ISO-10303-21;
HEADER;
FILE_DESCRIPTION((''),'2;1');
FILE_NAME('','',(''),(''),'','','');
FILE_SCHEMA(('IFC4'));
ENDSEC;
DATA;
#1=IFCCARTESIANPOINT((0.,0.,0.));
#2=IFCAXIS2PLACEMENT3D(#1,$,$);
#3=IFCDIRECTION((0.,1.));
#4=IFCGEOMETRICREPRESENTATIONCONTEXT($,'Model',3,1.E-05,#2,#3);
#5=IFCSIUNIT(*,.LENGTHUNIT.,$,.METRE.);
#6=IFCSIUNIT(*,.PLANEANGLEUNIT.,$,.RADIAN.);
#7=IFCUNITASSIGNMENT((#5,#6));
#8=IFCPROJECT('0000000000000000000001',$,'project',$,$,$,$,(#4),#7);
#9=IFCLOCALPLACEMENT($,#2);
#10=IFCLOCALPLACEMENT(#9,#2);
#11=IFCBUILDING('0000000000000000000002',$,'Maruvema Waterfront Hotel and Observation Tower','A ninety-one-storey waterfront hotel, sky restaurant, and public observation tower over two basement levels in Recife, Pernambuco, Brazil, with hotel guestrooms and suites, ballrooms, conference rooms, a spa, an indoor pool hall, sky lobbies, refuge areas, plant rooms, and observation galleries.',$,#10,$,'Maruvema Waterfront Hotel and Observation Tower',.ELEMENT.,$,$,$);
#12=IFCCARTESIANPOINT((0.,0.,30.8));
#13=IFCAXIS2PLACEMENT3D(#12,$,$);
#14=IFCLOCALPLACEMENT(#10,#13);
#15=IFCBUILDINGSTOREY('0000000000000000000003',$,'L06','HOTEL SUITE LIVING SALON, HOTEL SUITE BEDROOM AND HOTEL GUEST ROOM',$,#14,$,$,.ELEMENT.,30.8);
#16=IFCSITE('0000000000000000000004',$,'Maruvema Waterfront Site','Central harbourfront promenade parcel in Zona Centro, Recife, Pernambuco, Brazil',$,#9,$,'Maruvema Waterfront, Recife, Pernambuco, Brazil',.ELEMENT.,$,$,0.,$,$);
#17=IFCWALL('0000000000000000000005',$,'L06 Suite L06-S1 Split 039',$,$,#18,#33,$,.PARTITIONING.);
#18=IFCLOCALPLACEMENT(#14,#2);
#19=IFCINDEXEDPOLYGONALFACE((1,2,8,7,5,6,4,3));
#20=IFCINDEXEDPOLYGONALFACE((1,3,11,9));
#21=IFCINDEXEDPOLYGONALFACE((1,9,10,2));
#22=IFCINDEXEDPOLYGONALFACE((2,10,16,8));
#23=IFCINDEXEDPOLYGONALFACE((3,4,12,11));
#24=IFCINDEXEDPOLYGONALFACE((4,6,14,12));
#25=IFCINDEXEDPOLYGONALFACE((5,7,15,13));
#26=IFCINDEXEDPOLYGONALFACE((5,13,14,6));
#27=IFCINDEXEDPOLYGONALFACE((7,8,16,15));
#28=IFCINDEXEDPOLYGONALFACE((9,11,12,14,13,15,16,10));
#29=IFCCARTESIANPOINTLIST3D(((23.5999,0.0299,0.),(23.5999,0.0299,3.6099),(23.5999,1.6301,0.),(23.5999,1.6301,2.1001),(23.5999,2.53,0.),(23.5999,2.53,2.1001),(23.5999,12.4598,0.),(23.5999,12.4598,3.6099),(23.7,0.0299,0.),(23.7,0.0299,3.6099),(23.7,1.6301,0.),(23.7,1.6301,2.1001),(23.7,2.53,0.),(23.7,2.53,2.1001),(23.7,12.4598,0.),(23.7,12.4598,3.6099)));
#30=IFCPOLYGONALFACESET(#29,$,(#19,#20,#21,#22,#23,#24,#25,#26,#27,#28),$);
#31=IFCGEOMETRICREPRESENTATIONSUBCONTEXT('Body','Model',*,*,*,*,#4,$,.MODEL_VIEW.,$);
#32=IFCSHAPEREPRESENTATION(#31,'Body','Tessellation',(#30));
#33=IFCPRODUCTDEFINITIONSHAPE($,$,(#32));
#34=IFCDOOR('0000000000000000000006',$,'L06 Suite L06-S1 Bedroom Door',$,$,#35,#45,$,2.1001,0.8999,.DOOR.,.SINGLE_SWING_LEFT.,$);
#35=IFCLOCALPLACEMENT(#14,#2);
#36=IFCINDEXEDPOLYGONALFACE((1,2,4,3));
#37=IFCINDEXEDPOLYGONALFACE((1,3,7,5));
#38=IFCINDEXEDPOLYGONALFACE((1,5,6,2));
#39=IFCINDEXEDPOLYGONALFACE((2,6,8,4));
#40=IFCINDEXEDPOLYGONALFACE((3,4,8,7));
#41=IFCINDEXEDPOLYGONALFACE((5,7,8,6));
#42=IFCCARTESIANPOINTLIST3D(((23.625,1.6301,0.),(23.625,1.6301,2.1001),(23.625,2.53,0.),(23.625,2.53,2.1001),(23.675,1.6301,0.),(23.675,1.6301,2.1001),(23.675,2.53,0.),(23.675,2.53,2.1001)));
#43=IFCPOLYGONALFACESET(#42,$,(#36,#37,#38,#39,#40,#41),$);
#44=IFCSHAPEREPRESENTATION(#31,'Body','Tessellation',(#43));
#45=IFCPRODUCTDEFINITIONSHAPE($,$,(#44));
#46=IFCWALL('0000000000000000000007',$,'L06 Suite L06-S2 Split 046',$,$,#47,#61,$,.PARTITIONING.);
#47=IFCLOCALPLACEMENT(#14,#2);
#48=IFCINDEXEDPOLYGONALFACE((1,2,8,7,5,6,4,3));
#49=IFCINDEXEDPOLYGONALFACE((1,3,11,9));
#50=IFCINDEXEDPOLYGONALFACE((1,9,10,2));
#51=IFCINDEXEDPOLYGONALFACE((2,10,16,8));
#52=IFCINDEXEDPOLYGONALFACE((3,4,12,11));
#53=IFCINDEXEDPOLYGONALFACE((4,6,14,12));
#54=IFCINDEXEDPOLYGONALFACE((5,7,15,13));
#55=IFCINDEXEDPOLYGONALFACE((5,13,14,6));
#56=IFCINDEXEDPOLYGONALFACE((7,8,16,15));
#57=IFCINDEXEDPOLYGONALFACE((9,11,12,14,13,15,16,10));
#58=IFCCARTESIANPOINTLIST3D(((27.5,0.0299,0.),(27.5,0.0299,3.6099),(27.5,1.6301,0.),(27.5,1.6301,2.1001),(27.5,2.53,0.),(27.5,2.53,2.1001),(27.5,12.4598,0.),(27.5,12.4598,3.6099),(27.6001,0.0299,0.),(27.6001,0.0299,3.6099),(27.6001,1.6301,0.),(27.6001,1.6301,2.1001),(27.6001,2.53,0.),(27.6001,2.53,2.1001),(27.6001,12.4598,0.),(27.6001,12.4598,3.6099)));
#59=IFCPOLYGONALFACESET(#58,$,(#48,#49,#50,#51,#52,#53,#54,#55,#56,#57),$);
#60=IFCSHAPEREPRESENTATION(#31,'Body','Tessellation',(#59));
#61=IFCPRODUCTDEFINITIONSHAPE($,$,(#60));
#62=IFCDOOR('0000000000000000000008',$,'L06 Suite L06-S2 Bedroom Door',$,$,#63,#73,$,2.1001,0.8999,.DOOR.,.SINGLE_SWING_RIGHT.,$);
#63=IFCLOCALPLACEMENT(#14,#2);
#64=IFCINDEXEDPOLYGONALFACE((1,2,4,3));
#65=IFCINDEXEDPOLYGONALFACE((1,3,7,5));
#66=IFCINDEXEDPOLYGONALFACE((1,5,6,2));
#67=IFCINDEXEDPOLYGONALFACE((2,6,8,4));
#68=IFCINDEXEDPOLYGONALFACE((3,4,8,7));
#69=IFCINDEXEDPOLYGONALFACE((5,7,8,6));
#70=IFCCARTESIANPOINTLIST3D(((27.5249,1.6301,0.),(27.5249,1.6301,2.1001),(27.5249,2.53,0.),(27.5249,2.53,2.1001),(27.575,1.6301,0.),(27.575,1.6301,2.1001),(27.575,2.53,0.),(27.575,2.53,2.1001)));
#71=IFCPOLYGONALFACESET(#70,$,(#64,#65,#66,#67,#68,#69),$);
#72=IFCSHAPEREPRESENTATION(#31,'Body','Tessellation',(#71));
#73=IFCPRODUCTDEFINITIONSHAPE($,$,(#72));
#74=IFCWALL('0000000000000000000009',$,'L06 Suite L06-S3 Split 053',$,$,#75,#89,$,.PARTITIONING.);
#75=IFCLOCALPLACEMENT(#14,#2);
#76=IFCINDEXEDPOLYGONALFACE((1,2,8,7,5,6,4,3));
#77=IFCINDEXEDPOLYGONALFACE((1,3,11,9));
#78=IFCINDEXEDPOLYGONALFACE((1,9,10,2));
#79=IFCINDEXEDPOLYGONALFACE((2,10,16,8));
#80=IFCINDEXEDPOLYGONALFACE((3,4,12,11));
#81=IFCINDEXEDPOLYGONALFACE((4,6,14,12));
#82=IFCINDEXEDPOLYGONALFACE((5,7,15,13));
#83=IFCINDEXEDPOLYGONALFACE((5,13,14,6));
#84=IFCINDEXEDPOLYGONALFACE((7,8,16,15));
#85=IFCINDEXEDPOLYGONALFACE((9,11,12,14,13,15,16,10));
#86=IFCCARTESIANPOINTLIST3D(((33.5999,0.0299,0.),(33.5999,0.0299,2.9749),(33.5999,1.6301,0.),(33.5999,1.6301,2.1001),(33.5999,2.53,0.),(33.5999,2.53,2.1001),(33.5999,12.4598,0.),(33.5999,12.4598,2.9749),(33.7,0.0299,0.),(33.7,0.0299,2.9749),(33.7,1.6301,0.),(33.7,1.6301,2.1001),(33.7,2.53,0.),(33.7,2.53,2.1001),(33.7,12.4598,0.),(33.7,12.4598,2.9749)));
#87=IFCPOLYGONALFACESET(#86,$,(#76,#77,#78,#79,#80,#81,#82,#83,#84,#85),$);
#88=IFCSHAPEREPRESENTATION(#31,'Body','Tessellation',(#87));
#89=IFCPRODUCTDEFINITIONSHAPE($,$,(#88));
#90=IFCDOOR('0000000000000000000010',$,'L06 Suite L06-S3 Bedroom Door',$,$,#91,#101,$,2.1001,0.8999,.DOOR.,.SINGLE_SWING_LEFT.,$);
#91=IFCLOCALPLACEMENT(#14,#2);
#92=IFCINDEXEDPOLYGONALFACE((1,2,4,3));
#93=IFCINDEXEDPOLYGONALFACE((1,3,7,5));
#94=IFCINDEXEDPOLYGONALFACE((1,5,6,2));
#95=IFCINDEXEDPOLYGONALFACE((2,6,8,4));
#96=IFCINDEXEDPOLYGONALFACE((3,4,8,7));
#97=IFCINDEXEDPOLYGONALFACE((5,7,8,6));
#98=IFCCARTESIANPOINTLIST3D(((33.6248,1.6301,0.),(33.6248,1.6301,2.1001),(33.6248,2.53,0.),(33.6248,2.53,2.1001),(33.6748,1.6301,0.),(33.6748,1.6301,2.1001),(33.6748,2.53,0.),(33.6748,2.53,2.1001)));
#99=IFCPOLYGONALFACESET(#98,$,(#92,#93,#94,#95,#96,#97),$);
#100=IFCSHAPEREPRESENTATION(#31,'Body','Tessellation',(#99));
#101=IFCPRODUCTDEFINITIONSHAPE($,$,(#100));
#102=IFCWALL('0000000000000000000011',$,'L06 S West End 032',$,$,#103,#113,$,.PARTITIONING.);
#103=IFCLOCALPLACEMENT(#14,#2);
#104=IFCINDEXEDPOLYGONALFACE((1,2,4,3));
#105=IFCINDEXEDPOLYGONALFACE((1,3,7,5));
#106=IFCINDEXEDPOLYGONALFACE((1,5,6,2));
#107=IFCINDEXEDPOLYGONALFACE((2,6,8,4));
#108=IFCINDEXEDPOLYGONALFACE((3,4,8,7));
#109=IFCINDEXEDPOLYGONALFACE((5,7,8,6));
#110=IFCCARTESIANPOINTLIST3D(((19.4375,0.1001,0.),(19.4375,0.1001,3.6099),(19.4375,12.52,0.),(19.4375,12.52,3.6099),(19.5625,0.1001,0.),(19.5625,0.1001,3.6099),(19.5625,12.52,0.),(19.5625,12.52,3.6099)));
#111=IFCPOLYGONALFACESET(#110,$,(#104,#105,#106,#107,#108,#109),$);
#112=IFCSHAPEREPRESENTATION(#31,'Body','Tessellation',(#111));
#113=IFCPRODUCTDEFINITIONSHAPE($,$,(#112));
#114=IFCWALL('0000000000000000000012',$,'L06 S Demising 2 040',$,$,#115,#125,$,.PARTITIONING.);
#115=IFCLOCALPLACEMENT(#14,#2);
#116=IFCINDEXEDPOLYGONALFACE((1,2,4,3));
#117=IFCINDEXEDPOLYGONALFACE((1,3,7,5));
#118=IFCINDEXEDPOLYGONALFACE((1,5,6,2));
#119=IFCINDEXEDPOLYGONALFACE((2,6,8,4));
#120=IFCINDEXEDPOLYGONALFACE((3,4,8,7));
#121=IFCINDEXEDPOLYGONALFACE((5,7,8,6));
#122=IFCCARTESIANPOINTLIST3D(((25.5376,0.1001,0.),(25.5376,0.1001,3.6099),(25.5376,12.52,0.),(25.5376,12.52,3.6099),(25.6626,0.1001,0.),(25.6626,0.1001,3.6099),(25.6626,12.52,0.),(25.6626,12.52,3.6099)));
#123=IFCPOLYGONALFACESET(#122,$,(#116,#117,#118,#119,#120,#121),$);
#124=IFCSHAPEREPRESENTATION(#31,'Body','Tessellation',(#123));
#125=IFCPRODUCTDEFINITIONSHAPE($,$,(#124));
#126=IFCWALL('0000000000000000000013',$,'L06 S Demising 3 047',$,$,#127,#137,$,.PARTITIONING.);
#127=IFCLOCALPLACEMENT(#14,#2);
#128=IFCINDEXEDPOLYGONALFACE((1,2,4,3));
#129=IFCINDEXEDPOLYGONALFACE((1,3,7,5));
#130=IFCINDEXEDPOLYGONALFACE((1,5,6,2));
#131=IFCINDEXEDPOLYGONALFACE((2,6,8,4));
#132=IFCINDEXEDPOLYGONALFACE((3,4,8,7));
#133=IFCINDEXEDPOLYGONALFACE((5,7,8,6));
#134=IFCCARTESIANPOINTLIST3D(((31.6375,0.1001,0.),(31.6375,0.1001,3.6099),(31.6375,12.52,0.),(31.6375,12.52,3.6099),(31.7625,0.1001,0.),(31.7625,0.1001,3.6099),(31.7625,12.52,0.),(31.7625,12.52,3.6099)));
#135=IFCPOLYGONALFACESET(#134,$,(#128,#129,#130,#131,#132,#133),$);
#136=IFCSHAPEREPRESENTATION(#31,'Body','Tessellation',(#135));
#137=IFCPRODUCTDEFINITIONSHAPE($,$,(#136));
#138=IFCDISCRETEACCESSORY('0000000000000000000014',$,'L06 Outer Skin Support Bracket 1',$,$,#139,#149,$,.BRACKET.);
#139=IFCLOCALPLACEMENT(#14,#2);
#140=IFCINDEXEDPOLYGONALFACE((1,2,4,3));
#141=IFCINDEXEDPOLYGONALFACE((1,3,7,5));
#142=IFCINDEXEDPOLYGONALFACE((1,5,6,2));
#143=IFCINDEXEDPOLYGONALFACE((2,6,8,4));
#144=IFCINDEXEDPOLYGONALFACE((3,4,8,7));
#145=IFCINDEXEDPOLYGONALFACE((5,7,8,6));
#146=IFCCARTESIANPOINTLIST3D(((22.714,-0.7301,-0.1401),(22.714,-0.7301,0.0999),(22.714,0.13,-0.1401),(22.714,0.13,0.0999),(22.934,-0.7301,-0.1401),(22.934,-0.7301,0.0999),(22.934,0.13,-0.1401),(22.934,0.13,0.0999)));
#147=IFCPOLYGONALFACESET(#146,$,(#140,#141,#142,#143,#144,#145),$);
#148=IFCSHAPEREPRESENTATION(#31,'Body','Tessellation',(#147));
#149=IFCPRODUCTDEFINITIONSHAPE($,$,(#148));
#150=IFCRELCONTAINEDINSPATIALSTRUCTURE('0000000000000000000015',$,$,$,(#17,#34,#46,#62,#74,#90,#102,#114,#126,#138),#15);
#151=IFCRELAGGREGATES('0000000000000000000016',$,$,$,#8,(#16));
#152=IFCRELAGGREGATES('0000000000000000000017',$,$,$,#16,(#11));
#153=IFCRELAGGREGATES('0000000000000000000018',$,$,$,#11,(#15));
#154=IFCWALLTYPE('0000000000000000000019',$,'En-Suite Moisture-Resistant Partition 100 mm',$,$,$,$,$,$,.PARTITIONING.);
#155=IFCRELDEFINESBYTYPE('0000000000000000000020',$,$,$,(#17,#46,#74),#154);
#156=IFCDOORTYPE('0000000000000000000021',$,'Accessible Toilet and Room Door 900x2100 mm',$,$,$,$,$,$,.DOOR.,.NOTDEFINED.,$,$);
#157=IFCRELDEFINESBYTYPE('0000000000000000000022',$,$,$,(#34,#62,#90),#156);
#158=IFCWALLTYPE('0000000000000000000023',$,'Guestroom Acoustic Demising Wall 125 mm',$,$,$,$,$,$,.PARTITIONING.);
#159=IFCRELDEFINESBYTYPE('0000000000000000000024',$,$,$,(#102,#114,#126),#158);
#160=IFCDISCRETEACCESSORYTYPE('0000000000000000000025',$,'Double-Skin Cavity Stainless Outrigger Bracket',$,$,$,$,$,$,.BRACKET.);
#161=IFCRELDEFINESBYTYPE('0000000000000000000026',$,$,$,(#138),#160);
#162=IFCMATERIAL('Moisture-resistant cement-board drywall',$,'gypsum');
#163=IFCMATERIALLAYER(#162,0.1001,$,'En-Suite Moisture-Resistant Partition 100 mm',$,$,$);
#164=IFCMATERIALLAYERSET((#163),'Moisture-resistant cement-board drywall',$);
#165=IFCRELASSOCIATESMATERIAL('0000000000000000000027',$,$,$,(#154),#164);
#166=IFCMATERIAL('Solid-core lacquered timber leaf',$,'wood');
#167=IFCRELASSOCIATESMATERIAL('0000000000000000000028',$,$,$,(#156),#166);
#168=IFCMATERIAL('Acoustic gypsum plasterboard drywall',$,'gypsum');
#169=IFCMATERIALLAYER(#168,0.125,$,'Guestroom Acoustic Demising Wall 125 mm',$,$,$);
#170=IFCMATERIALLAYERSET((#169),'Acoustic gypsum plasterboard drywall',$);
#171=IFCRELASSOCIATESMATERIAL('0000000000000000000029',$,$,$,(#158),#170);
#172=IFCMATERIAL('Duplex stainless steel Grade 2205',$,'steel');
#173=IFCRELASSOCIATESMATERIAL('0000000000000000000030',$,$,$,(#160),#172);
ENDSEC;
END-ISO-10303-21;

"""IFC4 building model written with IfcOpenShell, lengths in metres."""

from ifc_helpers import new_model, si_unit, direction, frame, frame_2d, origin, origin_2d, place, context, subcontext, project, spatial, rectangle, extrude, material, layer, layer_set, type_object, element, fill, save


model = new_model("IFC4")

# Units and contexts
model_context = context("Model", 3, precision=1e-05, world=origin(), true_north=direction((0.0, 1.0)))
body_context = subcontext(model_context, "Body", "Model", "MODEL_VIEW")
ifc_project = project(units=[si_unit("LENGTHUNIT", "METRE"), si_unit("PLANEANGLEUNIT", "RADIAN")], contexts=[model_context])

# Site, building, storey
site_placement = place(None, origin())
site = spatial("IfcSite", under=ifc_project, at=site_placement, Name="Maruvema Waterfront Site", Description="Central harbourfront promenade parcel in Zona Centro, Recife, Pernambuco, Brazil", LongName="Maruvema Waterfront, Recife, Pernambuco, Brazil", CompositionType="ELEMENT", RefElevation=0.0)
building_placement = place(site_placement, origin())
building = spatial("IfcBuilding", under=site, at=building_placement, Name="Maruvema Waterfront Hotel and Observation Tower", Description="A ninety-one-storey waterfront hotel, sky restaurant, and public observation tower over two basement levels in Recife, Pernambuco, Brazil, with hotel guestrooms and suites, ballrooms, conference rooms, a spa, an indoor pool hall, sky lobbies, refuge areas, plant rooms, and observation galleries.", LongName="Maruvema Waterfront Hotel and Observation Tower", CompositionType="ELEMENT")
storey_placement = place(building_placement, frame((0.0, 0.0, 30.8)))
storey = spatial("IfcBuildingStorey", under=building, at=storey_placement, Name="L06", Description="HOTEL SUITE LIVING SALON, HOTEL SUITE BEDROOM AND HOTEL GUEST ROOM", CompositionType="ELEMENT", Elevation=30.8)

# Walls, openings, doors
ifc_material_1 = material(Name="Moisture-resistant cement-board drywall", Category="gypsum")
ifc_layer_1 = layer(ifc_material_1, 0.1001, Name="En-Suite Moisture-Resistant Partition 100 mm")
ifc_layer_set_1 = layer_set([ifc_layer_1], Name="Moisture-resistant cement-board drywall")
wall_type_1 = type_object("IfcWallType", Name="En-Suite Moisture-Resistant Partition 100 mm", PredefinedType="PARTITIONING", material=ifc_layer_set_1)
wall_1_placement = place(storey_placement, frame((23.6499, 0.03, 0.0), z_axis=(0.0, 0.0, 1.0), x_axis=(0.0, 1.0, 0.0)))
wall_1 = element("IfcWall", 1, at=wall_1_placement, inside=storey, type_object=wall_type_1, Name="L06 Suite L06-S1 Split 039", PredefinedType="PARTITIONING", context=body_context, shape_type="SweptSolid", body=[
    extrude(rectangle(XDim=12.4299, YDim=0.1001, at=frame_2d((6.2148, 0.0))), origin(), (0.0, 0.0, 1.0), 3.6099),
])
opening_1_placement = place(wall_1_placement, frame((1.6001, 0.0, 0.0)))
opening_1 = element("IfcOpeningElement", 2, at=opening_1_placement, cuts=wall_1, PredefinedType="OPENING", context=body_context, shape_type="SweptSolid", body=[
    extrude(rectangle(XDim=0.8999, YDim=2.1001, at=frame_2d((0.45, 1.05))), frame((0.0, 0.0601, 0.0), z_axis=(0.0, -1.0, 0.0), x_axis=(1.0, 0.0, 0.0)), (0.0, 0.0, 1.0), 0.1201),
])
ifc_material_2 = material(Name="Solid-core lacquered timber leaf", Category="wood")
door_type = type_object("IfcDoorType", Name="Accessible Toilet and Room Door 900x2100 mm", OperationType="NOTDEFINED", PredefinedType="DOOR", material=ifc_material_2)
door_1_placement = place(opening_1_placement, origin())
door_1 = element("IfcDoor", 3, at=door_1_placement, inside=storey, type_object=door_type, Name="L06 Suite L06-S1 Bedroom Door", OperationType="SINGLE_SWING_LEFT", OverallHeight=2.1001, OverallWidth=0.8999, PredefinedType="DOOR", context=body_context, shape_type="SweptSolid", body=[
    extrude(rectangle(XDim=0.8999, YDim=2.1001, at=frame_2d((0.45, 1.05))), frame((0.0, 0.0249, 0.0), z_axis=(0.0, -1.0, 0.0), x_axis=(1.0, 0.0, 0.0)), (0.0, 0.0, 1.0), 0.05),
])
fill(opening_1, door_1)
wall_2_placement = place(storey_placement, frame((27.55, 0.03, 0.0), z_axis=(0.0, 0.0, 1.0), x_axis=(0.0, 1.0, 0.0)))
wall_2 = element("IfcWall", 4, at=wall_2_placement, inside=storey, type_object=wall_type_1, Name="L06 Suite L06-S2 Split 046", PredefinedType="PARTITIONING", context=body_context, shape_type="SweptSolid", body=[
    extrude(rectangle(XDim=12.4299, YDim=0.1001, at=frame_2d((6.2148, 0.0))), origin(), (0.0, 0.0, 1.0), 3.6099),
])
opening_2_placement = place(wall_2_placement, frame((1.6001, 0.0, 0.0)))
opening_2 = element("IfcOpeningElement", 5, at=opening_2_placement, cuts=wall_2, PredefinedType="OPENING", context=body_context, shape_type="SweptSolid", body=[
    extrude(rectangle(XDim=0.8999, YDim=2.1001, at=frame_2d((0.45, 1.05))), frame((0.0, 0.0601, 0.0), z_axis=(0.0, -1.0, 0.0), x_axis=(1.0, 0.0, 0.0)), (0.0, 0.0, 1.0), 0.1201),
])
door_2_placement = place(opening_2_placement, frame((0.8999, 0.0, 0.0), z_axis=(0.0, 0.0, 1.0), x_axis=(-1.0, 0.0, 0.0)))
door_2 = element("IfcDoor", 6, at=door_2_placement, inside=storey, type_object=door_type, Name="L06 Suite L06-S2 Bedroom Door", OperationType="SINGLE_SWING_RIGHT", OverallHeight=2.1001, OverallWidth=0.8999, PredefinedType="DOOR", context=body_context, shape_type="SweptSolid", body=[
    extrude(rectangle(XDim=0.8999, YDim=2.1001, at=frame_2d((0.45, 1.05))), frame((0.0, 0.0249, 0.0), z_axis=(0.0, -1.0, 0.0), x_axis=(1.0, 0.0, 0.0)), (0.0, 0.0, 1.0), 0.05),
])
fill(opening_2, door_2)
wall_3_placement = place(storey_placement, frame((33.6499, 0.03, 0.0), z_axis=(0.0, 0.0, 1.0), x_axis=(0.0, 1.0, 0.0)))
wall_3 = element("IfcWall", 7, at=wall_3_placement, inside=storey, type_object=wall_type_1, Name="L06 Suite L06-S3 Split 053", PredefinedType="PARTITIONING", context=body_context, shape_type="SweptSolid", body=[
    extrude(rectangle(XDim=12.4299, YDim=0.1001, at=frame_2d((6.2148, 0.0))), origin(), (0.0, 0.0, 1.0), 2.9749),
])
opening_3_placement = place(wall_3_placement, frame((1.6001, 0.0, 0.0)))
opening_3 = element("IfcOpeningElement", 8, at=opening_3_placement, cuts=wall_3, PredefinedType="OPENING", context=body_context, shape_type="SweptSolid", body=[
    extrude(rectangle(XDim=0.8999, YDim=2.1001, at=frame_2d((0.45, 1.05))), frame((0.0, 0.0601, 0.0), z_axis=(0.0, -1.0, 0.0), x_axis=(1.0, 0.0, 0.0)), (0.0, 0.0, 1.0), 0.1201),
])
door_3_placement = place(opening_3_placement, frame((0.8999, 0.0, 0.0), z_axis=(0.0, 0.0, 1.0), x_axis=(-1.0, 0.0, 0.0)))
door_3 = element("IfcDoor", 9, at=door_3_placement, inside=storey, type_object=door_type, Name="L06 Suite L06-S3 Bedroom Door", OperationType="SINGLE_SWING_LEFT", OverallHeight=2.1001, OverallWidth=0.8999, PredefinedType="DOOR", context=body_context, shape_type="SweptSolid", body=[
    extrude(rectangle(XDim=0.8999, YDim=2.1001, at=frame_2d((0.45, 1.05))), frame((0.0, 0.0249, 0.0), z_axis=(0.0, -1.0, 0.0), x_axis=(1.0, 0.0, 0.0)), (0.0, 0.0, 1.0), 0.05),
])
fill(opening_3, door_3)

# Walls
ifc_material_3 = material(Name="Acoustic gypsum plasterboard drywall", Category="gypsum")
ifc_layer_2 = layer(ifc_material_3, 0.125, Name="Guestroom Acoustic Demising Wall 125 mm")
ifc_layer_set_2 = layer_set([ifc_layer_2], Name="Acoustic gypsum plasterboard drywall")
wall_type_2 = type_object("IfcWallType", Name="Guestroom Acoustic Demising Wall 125 mm", PredefinedType="PARTITIONING", material=ifc_layer_set_2)
for number, where, z_axis, x_axis, name in (
    (10, (19.5, 0.1001, 0.0), (0.0, 0.0, 1.0), (0.0, 1.0, 0.0), "L06 S West End 032"),
    (11, (25.6001, 0.1001, 0.0), (0.0, 0.0, 1.0), (0.0, 1.0, 0.0), "L06 S Demising 2 040"),
    (12, (31.7, 0.1001, 0.0), (0.0, 0.0, 1.0), (0.0, 1.0, 0.0), "L06 S Demising 3 047"),
):
    element("IfcWall", number, at=place(storey_placement, frame(where, z_axis=z_axis, x_axis=x_axis)), inside=storey, type_object=wall_type_2, Name=name, PredefinedType="PARTITIONING", context=body_context, shape_type="SweptSolid", body=[
        extrude(rectangle(XDim=12.4199, YDim=0.125, at=frame_2d((6.21, 0.0))), origin(), (0.0, 0.0, 1.0), 3.6099),
    ])

# Discrete accessory
ifc_material_4 = material(Name="Duplex stainless steel Grade 2205", Category="steel")
discrete_accessory_type = type_object("IfcDiscreteAccessoryType", Name="Double-Skin Cavity Stainless Outrigger Bracket", PredefinedType="BRACKET", material=ifc_material_4)
discrete_accessory_placement = place(storey_placement, frame((22.824, -0.3, -0.1401), z_axis=(0.0, 0.0, 1.0), x_axis=(1.0, 0.0, 0.0)))
element("IfcDiscreteAccessory", 13, at=discrete_accessory_placement, inside=storey, type_object=discrete_accessory_type, Name="L06 Outer Skin Support Bracket 1", PredefinedType="BRACKET", context=body_context, shape_type="SweptSolid", body=[
    extrude(rectangle(XDim=0.22, YDim=0.8601, at=origin_2d()), origin(), (0.0, 0.0, 1.0), 0.24),
])

save(model, "model.ifc")
